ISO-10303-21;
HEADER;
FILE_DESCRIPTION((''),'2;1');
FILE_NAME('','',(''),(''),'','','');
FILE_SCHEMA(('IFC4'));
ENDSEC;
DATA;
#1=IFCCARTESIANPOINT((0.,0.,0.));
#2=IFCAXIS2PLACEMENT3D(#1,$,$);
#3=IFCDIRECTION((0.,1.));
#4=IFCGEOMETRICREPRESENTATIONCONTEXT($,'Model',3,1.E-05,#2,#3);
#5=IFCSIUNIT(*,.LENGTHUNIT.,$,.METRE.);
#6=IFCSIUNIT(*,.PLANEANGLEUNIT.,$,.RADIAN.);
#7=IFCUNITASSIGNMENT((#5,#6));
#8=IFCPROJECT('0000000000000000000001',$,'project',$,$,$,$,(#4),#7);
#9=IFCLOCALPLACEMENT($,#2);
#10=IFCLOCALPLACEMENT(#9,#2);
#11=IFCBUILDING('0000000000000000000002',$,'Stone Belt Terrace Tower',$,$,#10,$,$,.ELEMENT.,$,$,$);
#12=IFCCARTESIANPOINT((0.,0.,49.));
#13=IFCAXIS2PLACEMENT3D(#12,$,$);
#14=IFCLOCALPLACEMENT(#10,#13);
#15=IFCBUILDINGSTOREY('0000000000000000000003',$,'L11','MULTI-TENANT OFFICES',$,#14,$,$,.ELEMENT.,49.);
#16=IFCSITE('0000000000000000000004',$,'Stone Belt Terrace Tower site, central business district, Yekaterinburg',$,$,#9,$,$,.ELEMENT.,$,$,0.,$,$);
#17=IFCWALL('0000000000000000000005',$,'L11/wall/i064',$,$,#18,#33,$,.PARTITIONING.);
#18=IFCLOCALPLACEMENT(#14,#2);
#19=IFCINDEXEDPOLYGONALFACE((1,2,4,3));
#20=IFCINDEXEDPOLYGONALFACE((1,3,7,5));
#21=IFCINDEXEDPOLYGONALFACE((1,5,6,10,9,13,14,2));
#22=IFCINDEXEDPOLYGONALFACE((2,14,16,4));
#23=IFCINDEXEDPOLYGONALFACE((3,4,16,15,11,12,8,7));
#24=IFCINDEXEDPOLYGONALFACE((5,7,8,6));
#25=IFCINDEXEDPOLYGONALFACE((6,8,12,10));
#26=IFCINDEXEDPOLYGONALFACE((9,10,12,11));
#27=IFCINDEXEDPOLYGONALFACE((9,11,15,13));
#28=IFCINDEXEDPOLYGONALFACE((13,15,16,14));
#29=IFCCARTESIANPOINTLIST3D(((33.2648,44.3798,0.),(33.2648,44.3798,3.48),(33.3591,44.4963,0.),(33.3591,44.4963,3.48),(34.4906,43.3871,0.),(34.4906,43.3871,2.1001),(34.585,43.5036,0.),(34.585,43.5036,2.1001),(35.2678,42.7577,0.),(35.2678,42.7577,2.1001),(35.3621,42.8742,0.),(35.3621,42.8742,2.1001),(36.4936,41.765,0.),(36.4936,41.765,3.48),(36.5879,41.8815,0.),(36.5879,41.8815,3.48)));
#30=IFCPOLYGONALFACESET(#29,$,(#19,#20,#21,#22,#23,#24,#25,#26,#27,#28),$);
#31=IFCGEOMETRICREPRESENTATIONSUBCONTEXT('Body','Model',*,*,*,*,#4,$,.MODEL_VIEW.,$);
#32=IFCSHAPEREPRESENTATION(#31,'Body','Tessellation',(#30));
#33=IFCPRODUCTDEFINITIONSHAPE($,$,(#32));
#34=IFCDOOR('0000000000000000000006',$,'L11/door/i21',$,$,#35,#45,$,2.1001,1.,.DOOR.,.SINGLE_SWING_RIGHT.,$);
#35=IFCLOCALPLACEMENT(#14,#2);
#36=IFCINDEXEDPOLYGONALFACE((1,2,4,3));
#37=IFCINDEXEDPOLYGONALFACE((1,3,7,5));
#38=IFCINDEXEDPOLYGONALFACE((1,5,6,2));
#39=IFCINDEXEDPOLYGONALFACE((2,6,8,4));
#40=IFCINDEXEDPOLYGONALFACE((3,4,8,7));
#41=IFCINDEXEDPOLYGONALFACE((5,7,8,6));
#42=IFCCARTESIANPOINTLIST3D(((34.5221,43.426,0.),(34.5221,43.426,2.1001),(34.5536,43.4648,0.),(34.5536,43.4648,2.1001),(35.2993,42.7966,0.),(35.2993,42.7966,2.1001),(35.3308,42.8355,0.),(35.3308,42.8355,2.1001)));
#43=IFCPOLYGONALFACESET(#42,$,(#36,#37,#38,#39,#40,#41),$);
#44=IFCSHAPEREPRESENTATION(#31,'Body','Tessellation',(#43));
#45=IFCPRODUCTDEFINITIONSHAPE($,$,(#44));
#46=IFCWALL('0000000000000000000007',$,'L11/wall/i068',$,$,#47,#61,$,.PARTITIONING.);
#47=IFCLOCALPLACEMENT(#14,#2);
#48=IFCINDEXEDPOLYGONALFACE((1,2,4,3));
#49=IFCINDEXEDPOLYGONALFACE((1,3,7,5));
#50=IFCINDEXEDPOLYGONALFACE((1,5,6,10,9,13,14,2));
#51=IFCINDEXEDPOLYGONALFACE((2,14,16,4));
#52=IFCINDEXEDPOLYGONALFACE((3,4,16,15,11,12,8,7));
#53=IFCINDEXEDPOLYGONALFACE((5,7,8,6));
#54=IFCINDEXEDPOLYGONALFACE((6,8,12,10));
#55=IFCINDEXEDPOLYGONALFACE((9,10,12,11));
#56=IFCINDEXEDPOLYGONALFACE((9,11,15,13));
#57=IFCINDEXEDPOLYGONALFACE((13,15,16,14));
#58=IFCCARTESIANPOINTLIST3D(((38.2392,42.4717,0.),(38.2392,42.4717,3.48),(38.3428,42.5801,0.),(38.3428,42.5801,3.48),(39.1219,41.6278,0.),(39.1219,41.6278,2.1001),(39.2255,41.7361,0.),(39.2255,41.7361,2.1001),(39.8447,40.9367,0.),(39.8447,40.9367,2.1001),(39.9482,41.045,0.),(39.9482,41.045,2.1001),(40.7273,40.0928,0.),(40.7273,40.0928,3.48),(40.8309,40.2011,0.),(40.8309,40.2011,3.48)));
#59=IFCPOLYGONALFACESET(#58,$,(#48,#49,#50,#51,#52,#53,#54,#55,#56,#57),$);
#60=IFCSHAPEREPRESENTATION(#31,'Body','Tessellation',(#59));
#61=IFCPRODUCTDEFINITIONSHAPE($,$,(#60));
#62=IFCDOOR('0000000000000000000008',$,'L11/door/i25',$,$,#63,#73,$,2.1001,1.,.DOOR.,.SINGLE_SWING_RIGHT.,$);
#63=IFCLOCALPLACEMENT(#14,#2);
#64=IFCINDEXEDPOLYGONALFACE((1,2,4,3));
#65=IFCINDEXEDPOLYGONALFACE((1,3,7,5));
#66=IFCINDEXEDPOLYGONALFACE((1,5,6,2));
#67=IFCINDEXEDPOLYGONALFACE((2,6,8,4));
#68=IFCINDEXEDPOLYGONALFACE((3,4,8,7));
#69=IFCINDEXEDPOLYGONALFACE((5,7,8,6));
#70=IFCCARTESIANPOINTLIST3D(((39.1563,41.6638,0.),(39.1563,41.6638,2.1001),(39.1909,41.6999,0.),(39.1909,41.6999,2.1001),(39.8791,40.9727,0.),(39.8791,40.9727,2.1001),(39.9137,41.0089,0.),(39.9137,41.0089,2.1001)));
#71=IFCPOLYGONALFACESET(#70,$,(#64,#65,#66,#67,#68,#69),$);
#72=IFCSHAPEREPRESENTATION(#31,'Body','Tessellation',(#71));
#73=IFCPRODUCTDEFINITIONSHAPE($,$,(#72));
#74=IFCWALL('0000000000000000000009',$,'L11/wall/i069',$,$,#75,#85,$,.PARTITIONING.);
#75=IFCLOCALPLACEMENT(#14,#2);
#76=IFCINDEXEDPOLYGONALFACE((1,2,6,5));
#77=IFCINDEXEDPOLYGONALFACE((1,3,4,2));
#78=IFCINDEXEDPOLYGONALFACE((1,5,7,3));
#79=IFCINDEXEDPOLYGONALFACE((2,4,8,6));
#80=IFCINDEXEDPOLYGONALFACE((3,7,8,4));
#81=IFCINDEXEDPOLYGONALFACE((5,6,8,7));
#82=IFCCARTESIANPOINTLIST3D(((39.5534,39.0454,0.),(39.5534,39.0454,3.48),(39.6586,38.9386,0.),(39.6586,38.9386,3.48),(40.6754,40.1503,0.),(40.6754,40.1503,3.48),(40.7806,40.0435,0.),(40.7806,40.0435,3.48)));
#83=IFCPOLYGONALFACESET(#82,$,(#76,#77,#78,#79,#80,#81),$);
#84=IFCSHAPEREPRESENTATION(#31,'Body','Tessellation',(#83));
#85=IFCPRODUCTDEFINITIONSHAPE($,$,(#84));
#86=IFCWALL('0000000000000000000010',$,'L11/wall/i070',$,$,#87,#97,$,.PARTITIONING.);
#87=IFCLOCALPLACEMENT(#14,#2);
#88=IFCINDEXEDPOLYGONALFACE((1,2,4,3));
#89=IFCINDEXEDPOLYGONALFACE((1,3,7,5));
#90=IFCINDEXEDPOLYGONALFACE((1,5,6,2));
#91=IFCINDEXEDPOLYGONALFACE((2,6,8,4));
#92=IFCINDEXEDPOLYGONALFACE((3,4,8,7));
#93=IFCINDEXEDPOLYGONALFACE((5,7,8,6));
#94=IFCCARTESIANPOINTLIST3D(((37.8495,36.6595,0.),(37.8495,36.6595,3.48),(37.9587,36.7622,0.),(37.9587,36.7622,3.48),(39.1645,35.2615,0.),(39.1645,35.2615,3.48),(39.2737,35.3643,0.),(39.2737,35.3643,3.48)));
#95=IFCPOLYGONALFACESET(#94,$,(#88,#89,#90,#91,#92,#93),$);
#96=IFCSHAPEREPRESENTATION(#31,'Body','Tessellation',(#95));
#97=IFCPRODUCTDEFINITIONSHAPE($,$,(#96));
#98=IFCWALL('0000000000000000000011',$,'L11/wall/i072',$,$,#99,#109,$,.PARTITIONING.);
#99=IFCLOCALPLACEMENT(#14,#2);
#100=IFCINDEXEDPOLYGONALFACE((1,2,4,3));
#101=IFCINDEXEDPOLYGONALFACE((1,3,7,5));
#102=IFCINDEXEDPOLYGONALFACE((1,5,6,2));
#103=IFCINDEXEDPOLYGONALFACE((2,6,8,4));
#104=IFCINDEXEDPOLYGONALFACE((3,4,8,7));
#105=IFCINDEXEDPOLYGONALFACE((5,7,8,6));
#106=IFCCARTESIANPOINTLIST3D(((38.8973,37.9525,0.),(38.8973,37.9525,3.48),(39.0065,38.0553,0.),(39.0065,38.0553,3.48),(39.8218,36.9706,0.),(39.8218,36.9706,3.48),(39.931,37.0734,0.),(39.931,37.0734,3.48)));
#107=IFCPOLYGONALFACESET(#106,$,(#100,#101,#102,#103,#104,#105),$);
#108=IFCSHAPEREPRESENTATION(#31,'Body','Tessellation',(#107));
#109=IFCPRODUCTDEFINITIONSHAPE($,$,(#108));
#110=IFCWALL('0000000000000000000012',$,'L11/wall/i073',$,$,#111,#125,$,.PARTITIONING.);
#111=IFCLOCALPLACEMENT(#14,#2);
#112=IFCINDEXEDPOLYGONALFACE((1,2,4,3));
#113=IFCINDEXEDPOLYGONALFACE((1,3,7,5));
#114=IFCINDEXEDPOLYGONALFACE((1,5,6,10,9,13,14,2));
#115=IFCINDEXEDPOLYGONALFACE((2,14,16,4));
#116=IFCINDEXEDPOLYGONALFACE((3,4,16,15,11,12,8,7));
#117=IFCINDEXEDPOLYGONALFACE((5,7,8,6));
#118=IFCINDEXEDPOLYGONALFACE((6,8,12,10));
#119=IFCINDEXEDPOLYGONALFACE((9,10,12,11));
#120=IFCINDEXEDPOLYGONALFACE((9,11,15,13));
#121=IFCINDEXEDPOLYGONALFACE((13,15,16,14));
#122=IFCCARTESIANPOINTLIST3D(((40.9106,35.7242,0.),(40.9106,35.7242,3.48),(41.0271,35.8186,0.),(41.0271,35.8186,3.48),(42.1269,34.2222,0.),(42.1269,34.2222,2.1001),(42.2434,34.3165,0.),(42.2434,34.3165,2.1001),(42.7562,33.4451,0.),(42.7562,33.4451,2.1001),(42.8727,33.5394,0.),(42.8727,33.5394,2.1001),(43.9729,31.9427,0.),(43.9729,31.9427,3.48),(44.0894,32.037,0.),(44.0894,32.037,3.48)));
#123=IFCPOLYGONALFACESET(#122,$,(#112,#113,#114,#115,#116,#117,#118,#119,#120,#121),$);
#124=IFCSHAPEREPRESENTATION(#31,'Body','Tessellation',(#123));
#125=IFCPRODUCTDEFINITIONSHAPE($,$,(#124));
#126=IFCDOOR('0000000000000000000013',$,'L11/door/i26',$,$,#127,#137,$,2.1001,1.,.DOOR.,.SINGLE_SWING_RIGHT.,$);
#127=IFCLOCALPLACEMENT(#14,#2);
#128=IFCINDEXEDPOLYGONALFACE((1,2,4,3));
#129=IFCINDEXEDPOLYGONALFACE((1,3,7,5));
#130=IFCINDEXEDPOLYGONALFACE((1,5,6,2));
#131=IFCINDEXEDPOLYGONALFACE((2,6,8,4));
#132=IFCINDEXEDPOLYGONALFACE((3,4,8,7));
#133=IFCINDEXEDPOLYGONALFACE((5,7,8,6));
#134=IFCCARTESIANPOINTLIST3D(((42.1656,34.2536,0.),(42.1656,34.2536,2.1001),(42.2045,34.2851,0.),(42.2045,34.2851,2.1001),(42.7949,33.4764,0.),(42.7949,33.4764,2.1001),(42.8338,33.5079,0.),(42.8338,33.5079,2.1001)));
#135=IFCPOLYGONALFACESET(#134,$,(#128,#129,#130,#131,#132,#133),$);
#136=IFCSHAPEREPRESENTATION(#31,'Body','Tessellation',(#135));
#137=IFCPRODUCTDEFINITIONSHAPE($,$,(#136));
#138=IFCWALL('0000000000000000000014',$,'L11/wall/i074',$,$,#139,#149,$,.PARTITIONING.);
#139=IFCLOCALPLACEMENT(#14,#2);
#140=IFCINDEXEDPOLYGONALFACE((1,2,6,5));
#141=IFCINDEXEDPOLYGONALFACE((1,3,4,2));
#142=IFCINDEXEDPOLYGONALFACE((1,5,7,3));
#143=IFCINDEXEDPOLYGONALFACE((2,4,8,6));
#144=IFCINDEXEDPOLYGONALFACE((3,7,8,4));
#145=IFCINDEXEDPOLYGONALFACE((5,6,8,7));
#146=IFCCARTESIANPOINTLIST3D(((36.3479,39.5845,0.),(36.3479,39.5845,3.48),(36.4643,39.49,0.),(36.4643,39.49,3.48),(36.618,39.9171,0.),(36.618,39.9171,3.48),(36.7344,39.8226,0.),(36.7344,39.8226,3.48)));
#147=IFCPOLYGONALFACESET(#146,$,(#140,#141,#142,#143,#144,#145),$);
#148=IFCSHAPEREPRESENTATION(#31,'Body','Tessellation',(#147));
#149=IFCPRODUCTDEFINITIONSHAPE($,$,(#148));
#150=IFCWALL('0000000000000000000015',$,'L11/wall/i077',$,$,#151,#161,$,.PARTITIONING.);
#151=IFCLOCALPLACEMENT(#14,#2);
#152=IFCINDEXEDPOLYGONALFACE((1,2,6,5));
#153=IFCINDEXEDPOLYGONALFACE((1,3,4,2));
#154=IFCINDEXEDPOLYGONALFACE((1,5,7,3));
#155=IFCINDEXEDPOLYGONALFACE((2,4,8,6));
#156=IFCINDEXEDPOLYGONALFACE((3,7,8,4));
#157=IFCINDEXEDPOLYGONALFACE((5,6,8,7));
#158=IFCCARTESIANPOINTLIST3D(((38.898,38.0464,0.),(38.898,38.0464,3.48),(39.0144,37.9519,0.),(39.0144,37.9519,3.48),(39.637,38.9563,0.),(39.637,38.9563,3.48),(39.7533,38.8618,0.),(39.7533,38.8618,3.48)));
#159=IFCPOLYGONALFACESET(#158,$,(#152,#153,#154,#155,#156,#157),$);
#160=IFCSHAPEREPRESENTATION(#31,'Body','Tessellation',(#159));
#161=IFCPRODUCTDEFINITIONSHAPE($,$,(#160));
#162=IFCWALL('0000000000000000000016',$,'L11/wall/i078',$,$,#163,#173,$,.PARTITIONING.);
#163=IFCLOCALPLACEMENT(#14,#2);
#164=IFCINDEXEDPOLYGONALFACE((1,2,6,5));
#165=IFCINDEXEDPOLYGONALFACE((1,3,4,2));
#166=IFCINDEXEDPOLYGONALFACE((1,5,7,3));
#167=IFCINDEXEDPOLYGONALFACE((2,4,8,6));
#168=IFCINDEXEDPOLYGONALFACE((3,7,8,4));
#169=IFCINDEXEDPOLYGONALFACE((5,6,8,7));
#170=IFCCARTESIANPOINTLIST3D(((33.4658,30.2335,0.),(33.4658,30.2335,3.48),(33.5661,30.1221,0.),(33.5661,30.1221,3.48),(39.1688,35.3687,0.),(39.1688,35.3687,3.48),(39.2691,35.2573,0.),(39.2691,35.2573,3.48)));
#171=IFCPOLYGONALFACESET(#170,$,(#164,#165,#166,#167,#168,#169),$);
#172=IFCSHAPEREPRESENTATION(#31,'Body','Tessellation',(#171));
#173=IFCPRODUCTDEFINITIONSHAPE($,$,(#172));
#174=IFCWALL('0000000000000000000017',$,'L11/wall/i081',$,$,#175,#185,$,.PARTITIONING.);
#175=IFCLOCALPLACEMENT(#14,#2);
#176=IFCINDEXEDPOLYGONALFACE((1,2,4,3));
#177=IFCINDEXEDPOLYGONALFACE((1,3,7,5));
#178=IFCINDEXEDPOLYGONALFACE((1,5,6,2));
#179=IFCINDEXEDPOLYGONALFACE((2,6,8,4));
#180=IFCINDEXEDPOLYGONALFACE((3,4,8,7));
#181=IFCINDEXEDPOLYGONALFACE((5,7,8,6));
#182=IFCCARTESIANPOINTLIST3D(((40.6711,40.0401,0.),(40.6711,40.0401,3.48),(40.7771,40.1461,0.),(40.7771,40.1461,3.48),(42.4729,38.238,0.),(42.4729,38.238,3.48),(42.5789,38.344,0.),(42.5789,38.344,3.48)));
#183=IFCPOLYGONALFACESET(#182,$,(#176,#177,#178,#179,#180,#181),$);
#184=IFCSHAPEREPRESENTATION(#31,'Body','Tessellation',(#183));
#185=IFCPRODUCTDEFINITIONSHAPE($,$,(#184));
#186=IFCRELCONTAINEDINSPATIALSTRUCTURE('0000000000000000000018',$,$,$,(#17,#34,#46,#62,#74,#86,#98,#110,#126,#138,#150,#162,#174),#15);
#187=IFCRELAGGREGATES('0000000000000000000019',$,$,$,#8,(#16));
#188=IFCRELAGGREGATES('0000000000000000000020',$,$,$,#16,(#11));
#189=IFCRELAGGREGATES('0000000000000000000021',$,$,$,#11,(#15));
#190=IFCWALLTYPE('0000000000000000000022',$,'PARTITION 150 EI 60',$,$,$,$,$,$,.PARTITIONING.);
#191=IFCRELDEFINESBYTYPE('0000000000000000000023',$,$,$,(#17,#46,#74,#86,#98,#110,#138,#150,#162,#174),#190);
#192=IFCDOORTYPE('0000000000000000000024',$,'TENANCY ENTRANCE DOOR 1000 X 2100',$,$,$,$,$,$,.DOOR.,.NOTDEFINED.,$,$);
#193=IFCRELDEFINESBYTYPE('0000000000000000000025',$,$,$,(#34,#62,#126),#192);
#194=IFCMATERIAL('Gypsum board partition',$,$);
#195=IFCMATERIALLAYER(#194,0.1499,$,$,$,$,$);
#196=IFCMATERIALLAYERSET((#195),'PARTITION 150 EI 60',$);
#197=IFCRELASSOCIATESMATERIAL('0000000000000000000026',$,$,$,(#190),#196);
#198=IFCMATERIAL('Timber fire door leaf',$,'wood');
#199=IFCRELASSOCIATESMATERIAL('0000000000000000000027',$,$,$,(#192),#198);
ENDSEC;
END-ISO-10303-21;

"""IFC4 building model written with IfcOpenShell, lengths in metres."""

from ifc_helpers import new_model, si_unit, direction, frame, frame_2d, origin, place, context, subcontext, project, spatial, rectangle, extrude, material, layer, layer_set, type_object, element, fill, save


model = new_model("IFC4")

# Units and contexts
model_context = context("Model", 3, precision=1e-05, world=origin(), true_north=direction((0.0, 1.0)))
body_context = subcontext(model_context, "Body", "Model", "MODEL_VIEW")
ifc_project = project(units=[si_unit("LENGTHUNIT", "METRE"), si_unit("PLANEANGLEUNIT", "RADIAN")], contexts=[model_context])

# Site, building, storey
site_placement = place(None, origin())
site = spatial("IfcSite", under=ifc_project, at=site_placement, Name="Stone Belt Terrace Tower site, central business district, Yekaterinburg", CompositionType="ELEMENT", RefElevation=0.0)
building_placement = place(site_placement, origin())
building = spatial("IfcBuilding", under=site, at=building_placement, Name="Stone Belt Terrace Tower", CompositionType="ELEMENT")
storey_placement = place(building_placement, frame((0.0, 0.0, 49.0)))
storey = spatial("IfcBuildingStorey", under=building, at=storey_placement, Name="L11", Description="MULTI-TENANT OFFICES", CompositionType="ELEMENT", Elevation=49.0)

# Walls, openings, doors
ifc_material_1 = material(Name="Gypsum board partition")
ifc_layer_1 = layer(ifc_material_1, 0.1499)
ifc_layer_set_1 = layer_set([ifc_layer_1], Name="PARTITION 150 EI 60")
wall_type = type_object("IfcWallType", Name="PARTITION 150 EI 60", PredefinedType="PARTITIONING", material=ifc_layer_set_1)
wall_1_placement = place(storey_placement, frame((36.5408, 41.8232, 0.0), z_axis=(0.0, 0.0, 1.0), x_axis=(-0.777129, 0.629342, 0.0)))
wall_1 = element("IfcWall", 1, at=wall_1_placement, inside=storey, type_object=wall_type, Name="L11/wall/i064", PredefinedType="PARTITIONING", context=body_context, shape_type="SweptSolid", body=[
    extrude(rectangle(XDim=4.1548, YDim=0.1499, at=frame_2d((2.0774, 0.0))), origin(), (0.0, 0.0, 1.0), 3.48),
])
opening_1_placement = place(wall_1_placement, frame((1.5774, 0.0, 0.0)))
opening_1 = element("IfcOpeningElement", 2, at=opening_1_placement, cuts=wall_1, PredefinedType="OPENING", context=body_context, shape_type="SweptSolid", body=[
    extrude(rectangle(XDim=1.0, YDim=2.1001, at=frame_2d((0.5, 1.05))), frame((0.0, 0.085, 0.0), z_axis=(0.0, -1.0, 0.0), x_axis=(1.0, 0.0, 0.0)), (0.0, 0.0, 1.0), 0.1699),
])
ifc_material_2 = material(Name="Timber fire door leaf", Category="wood")
door_type = type_object("IfcDoorType", Name="TENANCY ENTRANCE DOOR 1000 X 2100", OperationType="NOTDEFINED", PredefinedType="DOOR", material=ifc_material_2)
door_1_placement = place(opening_1_placement, origin())
door_1 = element("IfcDoor", 3, at=door_1_placement, inside=storey, type_object=door_type, Name="L11/door/i21", OperationType="SINGLE_SWING_RIGHT", OverallHeight=2.1001, OverallWidth=1.0, PredefinedType="DOOR", context=body_context, shape_type="SweptSolid", body=[
    extrude(rectangle(XDim=1.0, YDim=2.1001, at=frame_2d((0.5, 1.05))), frame((0.0, 0.0249, 0.0), z_axis=(0.0, -1.0, 0.0), x_axis=(1.0, 0.0, 0.0)), (0.0, 0.0, 1.0), 0.05),
])
fill(opening_1, door_1)
wall_2_placement = place(storey_placement, frame((38.291, 42.5259, 0.0), z_axis=(0.0, 0.0, 1.0), x_axis=(0.72278, -0.691078, 0.0)))
wall_2 = element("IfcWall", 4, at=wall_2_placement, inside=storey, type_object=wall_type, Name="L11/wall/i068", PredefinedType="PARTITIONING", context=body_context, shape_type="SweptSolid", body=[
    extrude(rectangle(XDim=3.4424, YDim=0.1499, at=frame_2d((1.7212, 0.0))), origin(), (0.0, 0.0, 1.0), 3.48),
])
opening_2_placement = place(wall_2_placement, frame((1.2212, 0.0, 0.0)))
opening_2 = element("IfcOpeningElement", 5, at=opening_2_placement, cuts=wall_2, PredefinedType="OPENING", context=body_context, shape_type="SweptSolid", body=[
    extrude(rectangle(XDim=1.0, YDim=2.1001, at=frame_2d((0.5, 1.05))), frame((0.0, 0.085, 0.0), z_axis=(0.0, -1.0, 0.0), x_axis=(1.0, 0.0, 0.0)), (0.0, 0.0, 1.0), 0.1699),
])
door_2_placement = place(opening_2_placement, origin())
door_2 = element("IfcDoor", 6, at=door_2_placement, inside=storey, type_object=door_type, Name="L11/door/i25", OperationType="SINGLE_SWING_RIGHT", OverallHeight=2.1001, OverallWidth=1.0, PredefinedType="DOOR", context=body_context, shape_type="SweptSolid", body=[
    extrude(rectangle(XDim=1.0, YDim=2.1001, at=frame_2d((0.5, 1.05))), frame((0.0, 0.0249, 0.0), z_axis=(0.0, -1.0, 0.0), x_axis=(1.0, 0.0, 0.0)), (0.0, 0.0, 1.0), 0.05),
])
fill(opening_2, door_2)

# Walls
wall_3_placement = place(storey_placement, frame((40.728, 40.0969, 0.0), z_axis=(0.0, 0.0, 1.0), x_axis=(-0.712512, -0.70166, 0.0)))
element("IfcWall", 7, at=wall_3_placement, inside=storey, type_object=wall_type, Name="L11/wall/i069", PredefinedType="PARTITIONING", context=body_context, shape_type="SweptSolid", body=[
    extrude(rectangle(XDim=1.5747, YDim=0.1499, at=frame_2d((0.7874, 0.0))), origin(), (0.0, 0.0, 1.0), 3.48),
])
wall_4_placement = place(storey_placement, frame((39.219, 35.313, 0.0), z_axis=(0.0, 0.0, 1.0), x_axis=(-0.68515, 0.728402, 0.0)))
element("IfcWall", 8, at=wall_4_placement, inside=storey, type_object=wall_type, Name="L11/wall/i070", PredefinedType="PARTITIONING", context=body_context, shape_type="SweptSolid", body=[
    extrude(rectangle(XDim=1.9192, YDim=0.1499, at=frame_2d((0.9595, 0.0))), origin(), (0.0, 0.0, 1.0), 3.48),
])
wall_5_placement = place(storey_placement, frame((38.9519, 38.0039, 0.0), z_axis=(0.0, 0.0, 1.0), x_axis=(0.685517, -0.728056, 0.0)))
element("IfcWall", 9, at=wall_5_placement, inside=storey, type_object=wall_type, Name="L11/wall/i072", PredefinedType="PARTITIONING", context=body_context, shape_type="SweptSolid", body=[
    extrude(rectangle(XDim=1.3486, YDim=0.1499, at=frame_2d((0.6743, 0.0))), origin(), (0.0, 0.0, 1.0), 3.48),
])

# Wall, opening, door
wall_6_placement = place(storey_placement, frame((40.9688, 35.7715, 0.0), z_axis=(0.0, 0.0, 1.0), x_axis=(0.629328, -0.77714, 0.0)))
wall_6 = element("IfcWall", 10, at=wall_6_placement, inside=storey, type_object=wall_type, Name="L11/wall/i073", PredefinedType="PARTITIONING", context=body_context, shape_type="SweptSolid", body=[
    extrude(rectangle(XDim=4.866, YDim=0.1499, at=frame_2d((2.4331, 0.0))), origin(), (0.0, 0.0, 1.0), 3.48),
])
opening_3_placement = place(wall_6_placement, frame((1.9329, 0.0, 0.0)))
opening_3 = element("IfcOpeningElement", 11, at=opening_3_placement, cuts=wall_6, PredefinedType="OPENING", context=body_context, shape_type="SweptSolid", body=[
    extrude(rectangle(XDim=1.0, YDim=2.1001, at=frame_2d((0.5, 1.05))), frame((0.0, 0.085, 0.0), z_axis=(0.0, -1.0, 0.0), x_axis=(1.0, 0.0, 0.0)), (0.0, 0.0, 1.0), 0.1699),
])
door_3_placement = place(opening_3_placement, origin())
door_3 = element("IfcDoor", 12, at=door_3_placement, inside=storey, type_object=door_type, Name="L11/door/i26", OperationType="SINGLE_SWING_RIGHT", OverallHeight=2.1001, OverallWidth=1.0, PredefinedType="DOOR", context=body_context, shape_type="SweptSolid", body=[
    extrude(rectangle(XDim=1.0, YDim=2.1001, at=frame_2d((0.5, 1.05))), frame((0.0, 0.0249, 0.0), z_axis=(0.0, -1.0, 0.0), x_axis=(1.0, 0.0, 0.0)), (0.0, 0.0, 1.0), 0.05),
])
fill(opening_3, door_3)

# Walls
wall_7_placement = place(storey_placement, frame((36.406, 39.5371, 0.0), z_axis=(0.0, 0.0, 1.0), x_axis=(0.630378, 0.776288, 0.0)))
element("IfcWall", 13, at=wall_7_placement, inside=storey, type_object=wall_type, Name="L11/wall/i074", PredefinedType="PARTITIONING", context=body_context, shape_type="SweptSolid", body=[
    extrude(rectangle(XDim=0.4285, YDim=0.1499, at=frame_2d((0.2144, 0.0))), origin(), (0.0, 0.0, 1.0), 3.48),
])
wall_8_placement = place(storey_placement, frame((39.6951, 38.9089, 0.0), z_axis=(0.0, 0.0, 1.0), x_axis=(-0.630444, -0.776235, 0.0)))
element("IfcWall", 14, at=wall_8_placement, inside=storey, type_object=wall_type, Name="L11/wall/i077", PredefinedType="PARTITIONING", context=body_context, shape_type="SweptSolid", body=[
    extrude(rectangle(XDim=1.1721, YDim=0.1499, at=frame_2d((0.5859, 0.0))), origin(), (0.0, 0.0, 1.0), 3.48),
])
wall_9_placement = place(storey_placement, frame((39.219, 35.313, 0.0), z_axis=(0.0, 0.0, 1.0), x_axis=(-0.743136, -0.66914, 0.0)))
element("IfcWall", 15, at=wall_9_placement, inside=storey, type_object=wall_type, Name="L11/wall/i078", PredefinedType="PARTITIONING", context=body_context, shape_type="SweptSolid", body=[
    extrude(rectangle(XDim=7.6743, YDim=0.1499, at=frame_2d((3.8372, 0.0))), origin(), (0.0, 0.0, 1.0), 3.48),
])
wall_10_placement = place(storey_placement, frame((42.5259, 38.291, 0.0), z_axis=(0.0, 0.0, 1.0), x_axis=(-0.707059, 0.707155, 0.0)))
element("IfcWall", 16, at=wall_10_placement, inside=storey, type_object=wall_type, Name="L11/wall/i081", PredefinedType="PARTITIONING", context=body_context, shape_type="SweptSolid", body=[
    extrude(rectangle(XDim=2.5483, YDim=0.1499, at=frame_2d((1.2742, 0.0))), origin(), (0.0, 0.0, 1.0), 3.48),
])

save(model, "model.ifc")
